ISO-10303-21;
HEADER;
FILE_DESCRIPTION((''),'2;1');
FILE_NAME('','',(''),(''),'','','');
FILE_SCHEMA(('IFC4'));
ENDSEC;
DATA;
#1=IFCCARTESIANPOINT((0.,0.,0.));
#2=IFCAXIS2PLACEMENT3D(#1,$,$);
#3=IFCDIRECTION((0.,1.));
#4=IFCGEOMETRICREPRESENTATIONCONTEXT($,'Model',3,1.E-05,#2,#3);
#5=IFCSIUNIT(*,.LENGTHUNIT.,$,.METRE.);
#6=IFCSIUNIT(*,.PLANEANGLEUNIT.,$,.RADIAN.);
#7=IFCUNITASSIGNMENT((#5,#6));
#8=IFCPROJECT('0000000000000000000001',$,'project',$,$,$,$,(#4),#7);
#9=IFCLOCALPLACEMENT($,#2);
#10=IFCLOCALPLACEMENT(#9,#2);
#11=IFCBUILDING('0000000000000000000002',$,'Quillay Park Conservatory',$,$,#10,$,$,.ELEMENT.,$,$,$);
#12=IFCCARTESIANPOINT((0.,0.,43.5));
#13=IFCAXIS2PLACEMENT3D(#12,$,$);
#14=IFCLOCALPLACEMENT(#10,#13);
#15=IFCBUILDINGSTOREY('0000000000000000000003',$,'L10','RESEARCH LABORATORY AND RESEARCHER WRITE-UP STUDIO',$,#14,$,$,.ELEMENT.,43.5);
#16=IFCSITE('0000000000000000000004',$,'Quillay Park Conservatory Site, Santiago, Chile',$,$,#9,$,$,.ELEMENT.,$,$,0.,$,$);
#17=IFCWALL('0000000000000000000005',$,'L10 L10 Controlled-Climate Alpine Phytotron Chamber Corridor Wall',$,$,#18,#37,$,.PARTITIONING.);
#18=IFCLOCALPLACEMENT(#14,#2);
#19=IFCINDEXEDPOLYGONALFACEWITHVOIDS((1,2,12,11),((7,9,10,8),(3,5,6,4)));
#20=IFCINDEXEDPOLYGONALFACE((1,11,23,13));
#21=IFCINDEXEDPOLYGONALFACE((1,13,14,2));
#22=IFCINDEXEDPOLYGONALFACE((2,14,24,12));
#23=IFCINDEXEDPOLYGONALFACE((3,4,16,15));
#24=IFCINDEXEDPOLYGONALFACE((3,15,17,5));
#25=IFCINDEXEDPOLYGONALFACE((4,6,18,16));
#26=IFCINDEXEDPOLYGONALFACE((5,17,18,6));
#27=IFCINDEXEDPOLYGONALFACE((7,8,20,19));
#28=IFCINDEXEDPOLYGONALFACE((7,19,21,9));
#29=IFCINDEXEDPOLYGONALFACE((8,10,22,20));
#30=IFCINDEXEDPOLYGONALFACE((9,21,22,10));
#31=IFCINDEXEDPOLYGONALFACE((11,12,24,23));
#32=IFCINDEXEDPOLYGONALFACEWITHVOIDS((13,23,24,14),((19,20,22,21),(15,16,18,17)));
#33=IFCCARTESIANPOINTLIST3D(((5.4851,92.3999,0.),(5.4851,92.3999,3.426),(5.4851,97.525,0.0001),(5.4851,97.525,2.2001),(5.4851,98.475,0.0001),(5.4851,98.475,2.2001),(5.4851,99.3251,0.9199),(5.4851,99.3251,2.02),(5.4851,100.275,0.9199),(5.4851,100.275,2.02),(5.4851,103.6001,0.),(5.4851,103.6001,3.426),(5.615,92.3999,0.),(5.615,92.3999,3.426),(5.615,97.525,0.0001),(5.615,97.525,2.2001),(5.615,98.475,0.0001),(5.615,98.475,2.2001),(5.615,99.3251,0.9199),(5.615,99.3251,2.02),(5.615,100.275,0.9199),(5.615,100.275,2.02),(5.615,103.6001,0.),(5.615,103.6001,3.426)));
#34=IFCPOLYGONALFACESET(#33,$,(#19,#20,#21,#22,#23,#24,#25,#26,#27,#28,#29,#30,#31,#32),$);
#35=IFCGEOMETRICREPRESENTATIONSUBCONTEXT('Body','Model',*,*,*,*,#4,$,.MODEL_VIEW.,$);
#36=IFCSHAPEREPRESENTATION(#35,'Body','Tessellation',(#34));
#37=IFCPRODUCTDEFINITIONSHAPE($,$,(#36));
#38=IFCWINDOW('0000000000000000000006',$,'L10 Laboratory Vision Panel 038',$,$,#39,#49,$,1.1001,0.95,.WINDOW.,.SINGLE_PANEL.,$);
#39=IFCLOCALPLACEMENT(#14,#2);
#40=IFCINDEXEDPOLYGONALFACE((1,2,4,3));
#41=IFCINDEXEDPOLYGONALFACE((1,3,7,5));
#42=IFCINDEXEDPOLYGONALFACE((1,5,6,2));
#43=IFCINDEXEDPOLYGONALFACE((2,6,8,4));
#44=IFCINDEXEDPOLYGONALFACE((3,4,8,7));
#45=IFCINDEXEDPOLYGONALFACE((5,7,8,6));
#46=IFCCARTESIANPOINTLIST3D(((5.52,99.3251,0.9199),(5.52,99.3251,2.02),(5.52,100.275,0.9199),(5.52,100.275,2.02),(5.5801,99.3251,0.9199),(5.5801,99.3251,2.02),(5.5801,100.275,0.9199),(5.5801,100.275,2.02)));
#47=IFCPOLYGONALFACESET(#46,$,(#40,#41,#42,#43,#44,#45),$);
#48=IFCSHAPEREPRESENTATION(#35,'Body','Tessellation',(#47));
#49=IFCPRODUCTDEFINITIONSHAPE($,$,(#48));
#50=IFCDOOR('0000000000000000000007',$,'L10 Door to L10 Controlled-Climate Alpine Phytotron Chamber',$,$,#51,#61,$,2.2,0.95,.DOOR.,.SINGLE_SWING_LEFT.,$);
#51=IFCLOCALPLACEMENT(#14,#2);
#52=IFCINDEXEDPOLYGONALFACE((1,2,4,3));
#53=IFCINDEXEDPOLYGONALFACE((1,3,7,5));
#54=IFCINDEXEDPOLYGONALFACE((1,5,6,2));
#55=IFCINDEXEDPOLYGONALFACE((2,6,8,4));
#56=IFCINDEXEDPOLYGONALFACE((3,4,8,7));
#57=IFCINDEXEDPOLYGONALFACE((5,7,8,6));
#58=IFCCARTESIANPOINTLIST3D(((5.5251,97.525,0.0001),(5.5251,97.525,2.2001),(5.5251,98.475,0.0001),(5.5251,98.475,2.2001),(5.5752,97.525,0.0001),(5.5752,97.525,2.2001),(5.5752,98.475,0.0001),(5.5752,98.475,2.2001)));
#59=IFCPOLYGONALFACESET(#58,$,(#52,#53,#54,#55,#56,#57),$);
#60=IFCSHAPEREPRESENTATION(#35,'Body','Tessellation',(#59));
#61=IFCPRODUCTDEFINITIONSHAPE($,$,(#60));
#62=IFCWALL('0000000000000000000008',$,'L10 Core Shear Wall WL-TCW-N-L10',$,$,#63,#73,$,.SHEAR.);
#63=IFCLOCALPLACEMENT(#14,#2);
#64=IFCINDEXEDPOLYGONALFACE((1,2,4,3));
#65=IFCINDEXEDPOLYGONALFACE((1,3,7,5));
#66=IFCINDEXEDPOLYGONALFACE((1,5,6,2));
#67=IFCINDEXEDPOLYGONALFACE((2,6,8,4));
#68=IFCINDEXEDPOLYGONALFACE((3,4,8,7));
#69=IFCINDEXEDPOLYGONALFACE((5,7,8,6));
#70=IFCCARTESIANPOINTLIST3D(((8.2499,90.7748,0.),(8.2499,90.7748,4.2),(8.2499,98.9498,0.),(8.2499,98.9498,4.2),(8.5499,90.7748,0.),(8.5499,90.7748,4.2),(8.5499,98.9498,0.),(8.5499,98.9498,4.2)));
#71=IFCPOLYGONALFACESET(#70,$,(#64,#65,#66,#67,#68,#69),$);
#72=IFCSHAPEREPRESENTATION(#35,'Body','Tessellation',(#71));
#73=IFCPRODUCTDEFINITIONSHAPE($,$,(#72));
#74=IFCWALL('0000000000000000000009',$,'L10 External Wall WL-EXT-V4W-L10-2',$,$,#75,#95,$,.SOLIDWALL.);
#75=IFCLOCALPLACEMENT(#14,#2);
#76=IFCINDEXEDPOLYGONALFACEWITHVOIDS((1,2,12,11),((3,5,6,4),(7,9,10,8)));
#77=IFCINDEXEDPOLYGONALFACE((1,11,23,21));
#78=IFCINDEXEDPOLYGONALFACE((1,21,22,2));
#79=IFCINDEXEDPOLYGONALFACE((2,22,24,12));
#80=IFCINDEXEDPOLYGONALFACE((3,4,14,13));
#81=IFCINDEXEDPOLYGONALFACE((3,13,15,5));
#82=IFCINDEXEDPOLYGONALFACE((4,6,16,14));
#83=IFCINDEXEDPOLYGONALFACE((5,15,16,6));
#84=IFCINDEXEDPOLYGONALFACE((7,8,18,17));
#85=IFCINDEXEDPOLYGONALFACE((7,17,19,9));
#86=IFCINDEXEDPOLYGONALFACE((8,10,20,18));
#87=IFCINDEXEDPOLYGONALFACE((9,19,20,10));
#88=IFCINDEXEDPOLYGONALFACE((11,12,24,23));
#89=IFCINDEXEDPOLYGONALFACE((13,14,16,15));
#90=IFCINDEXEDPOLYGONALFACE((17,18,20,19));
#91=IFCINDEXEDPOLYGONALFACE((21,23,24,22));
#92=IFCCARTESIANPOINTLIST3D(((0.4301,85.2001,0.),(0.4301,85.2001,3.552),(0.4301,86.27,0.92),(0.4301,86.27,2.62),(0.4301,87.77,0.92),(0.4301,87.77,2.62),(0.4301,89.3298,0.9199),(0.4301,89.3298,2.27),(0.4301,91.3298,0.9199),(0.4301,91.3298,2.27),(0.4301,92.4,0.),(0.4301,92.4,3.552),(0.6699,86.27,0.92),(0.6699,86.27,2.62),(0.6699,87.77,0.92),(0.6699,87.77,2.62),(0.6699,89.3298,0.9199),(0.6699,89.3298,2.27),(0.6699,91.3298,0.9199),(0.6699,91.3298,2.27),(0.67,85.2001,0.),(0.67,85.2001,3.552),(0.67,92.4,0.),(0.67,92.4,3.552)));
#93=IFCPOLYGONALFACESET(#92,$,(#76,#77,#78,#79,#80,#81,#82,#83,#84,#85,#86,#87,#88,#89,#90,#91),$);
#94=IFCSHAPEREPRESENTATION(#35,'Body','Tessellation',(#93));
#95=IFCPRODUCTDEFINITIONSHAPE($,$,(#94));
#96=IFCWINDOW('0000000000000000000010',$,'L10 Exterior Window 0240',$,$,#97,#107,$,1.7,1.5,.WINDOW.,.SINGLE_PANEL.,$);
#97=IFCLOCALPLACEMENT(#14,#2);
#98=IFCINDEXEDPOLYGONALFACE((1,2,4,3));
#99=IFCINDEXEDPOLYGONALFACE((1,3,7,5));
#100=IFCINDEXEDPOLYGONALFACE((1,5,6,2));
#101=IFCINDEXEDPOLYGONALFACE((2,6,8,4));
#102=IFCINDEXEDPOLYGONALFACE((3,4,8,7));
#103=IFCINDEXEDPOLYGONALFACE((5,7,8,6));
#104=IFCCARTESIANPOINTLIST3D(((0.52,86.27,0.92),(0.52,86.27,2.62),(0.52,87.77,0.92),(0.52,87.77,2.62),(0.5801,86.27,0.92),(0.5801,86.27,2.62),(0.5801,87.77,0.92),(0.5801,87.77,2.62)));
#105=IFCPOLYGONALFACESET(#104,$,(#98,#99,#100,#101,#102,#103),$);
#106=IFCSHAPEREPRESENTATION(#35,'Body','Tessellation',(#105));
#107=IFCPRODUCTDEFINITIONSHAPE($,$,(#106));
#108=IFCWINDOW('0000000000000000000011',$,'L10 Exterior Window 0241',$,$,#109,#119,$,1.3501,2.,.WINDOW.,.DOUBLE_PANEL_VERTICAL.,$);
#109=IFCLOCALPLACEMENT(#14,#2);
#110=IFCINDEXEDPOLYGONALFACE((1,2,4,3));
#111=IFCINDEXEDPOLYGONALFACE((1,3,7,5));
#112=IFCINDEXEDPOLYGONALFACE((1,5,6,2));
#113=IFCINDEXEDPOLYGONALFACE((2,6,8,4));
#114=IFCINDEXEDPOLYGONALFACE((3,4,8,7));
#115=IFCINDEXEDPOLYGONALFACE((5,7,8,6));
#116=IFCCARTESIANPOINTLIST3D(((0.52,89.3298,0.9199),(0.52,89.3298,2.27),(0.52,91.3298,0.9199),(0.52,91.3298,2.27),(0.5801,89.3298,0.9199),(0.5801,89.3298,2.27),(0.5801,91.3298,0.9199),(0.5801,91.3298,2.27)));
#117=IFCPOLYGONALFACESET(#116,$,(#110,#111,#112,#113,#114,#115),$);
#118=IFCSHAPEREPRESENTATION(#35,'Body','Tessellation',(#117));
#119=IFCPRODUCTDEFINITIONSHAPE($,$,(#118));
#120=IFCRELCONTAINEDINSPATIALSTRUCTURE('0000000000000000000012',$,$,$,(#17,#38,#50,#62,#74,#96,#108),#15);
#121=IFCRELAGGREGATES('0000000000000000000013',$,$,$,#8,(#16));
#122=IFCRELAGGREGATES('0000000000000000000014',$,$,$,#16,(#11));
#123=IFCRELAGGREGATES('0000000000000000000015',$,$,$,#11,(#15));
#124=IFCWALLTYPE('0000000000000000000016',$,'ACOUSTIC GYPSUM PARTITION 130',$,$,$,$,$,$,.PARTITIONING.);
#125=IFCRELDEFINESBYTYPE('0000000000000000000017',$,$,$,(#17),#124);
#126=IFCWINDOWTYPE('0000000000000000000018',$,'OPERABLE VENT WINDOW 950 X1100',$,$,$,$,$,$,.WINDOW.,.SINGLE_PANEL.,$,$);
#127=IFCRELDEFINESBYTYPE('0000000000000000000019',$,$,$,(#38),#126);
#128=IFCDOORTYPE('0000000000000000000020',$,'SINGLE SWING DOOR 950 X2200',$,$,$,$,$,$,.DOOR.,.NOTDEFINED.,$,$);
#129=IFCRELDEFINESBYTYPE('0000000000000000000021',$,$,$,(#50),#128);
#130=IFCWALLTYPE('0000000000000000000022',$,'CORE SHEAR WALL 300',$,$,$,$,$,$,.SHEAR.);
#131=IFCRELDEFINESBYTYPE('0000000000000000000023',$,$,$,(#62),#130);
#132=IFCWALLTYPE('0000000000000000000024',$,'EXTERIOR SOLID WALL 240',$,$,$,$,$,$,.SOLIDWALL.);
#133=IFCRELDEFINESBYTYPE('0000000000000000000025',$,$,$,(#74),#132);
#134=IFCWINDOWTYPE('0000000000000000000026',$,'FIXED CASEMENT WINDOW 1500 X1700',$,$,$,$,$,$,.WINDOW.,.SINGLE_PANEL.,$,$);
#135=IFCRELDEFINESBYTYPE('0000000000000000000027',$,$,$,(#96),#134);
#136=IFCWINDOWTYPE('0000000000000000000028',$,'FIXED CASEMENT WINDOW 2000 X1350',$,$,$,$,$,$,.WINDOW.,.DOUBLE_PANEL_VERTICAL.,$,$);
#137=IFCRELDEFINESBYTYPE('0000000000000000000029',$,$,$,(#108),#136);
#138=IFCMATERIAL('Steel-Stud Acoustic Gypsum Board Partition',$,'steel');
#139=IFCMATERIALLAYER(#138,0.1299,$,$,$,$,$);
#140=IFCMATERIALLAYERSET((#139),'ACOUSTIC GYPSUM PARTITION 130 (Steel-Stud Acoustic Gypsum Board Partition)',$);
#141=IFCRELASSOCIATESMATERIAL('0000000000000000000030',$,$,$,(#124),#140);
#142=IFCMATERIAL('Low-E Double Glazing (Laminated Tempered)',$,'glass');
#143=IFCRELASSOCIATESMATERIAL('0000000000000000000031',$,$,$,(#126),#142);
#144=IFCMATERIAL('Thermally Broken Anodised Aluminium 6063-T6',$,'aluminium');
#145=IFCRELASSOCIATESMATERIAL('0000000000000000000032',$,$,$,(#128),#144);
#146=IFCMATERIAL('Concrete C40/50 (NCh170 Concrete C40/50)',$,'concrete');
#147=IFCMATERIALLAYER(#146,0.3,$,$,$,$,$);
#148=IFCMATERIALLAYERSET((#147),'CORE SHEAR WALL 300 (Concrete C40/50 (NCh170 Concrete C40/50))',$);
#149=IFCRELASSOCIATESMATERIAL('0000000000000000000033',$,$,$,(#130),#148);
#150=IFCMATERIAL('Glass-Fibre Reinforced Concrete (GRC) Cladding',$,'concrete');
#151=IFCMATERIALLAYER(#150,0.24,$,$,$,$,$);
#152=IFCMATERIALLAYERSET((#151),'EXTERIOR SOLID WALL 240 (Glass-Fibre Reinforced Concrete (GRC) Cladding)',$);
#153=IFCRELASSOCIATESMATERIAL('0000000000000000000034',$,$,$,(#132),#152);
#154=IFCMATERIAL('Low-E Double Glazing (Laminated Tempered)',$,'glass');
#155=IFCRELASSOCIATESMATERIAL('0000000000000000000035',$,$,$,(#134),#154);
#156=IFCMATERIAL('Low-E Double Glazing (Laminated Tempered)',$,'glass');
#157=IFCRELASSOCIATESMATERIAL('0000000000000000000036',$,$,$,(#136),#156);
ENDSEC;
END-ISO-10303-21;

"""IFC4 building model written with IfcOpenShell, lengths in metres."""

from ifc_helpers import new_model, si_unit, direction, frame, frame_2d, origin, place, context, subcontext, project, spatial, rectangle, extrude, material, layer, layer_set, type_object, element, fill, save


model = new_model("IFC4")

# Units and contexts
model_context = context("Model", 3, precision=1e-05, world=origin(), true_north=direction((0.0, 1.0)))
body_context = subcontext(model_context, "Body", "Model", "MODEL_VIEW")
ifc_project = project(units=[si_unit("LENGTHUNIT", "METRE"), si_unit("PLANEANGLEUNIT", "RADIAN")], contexts=[model_context])

# Site, building, storey
site_placement = place(None, origin())
site = spatial("IfcSite", under=ifc_project, at=site_placement, Name="Quillay Park Conservatory Site, Santiago, Chile", CompositionType="ELEMENT", RefElevation=0.0)
building_placement = place(site_placement, origin())
building = spatial("IfcBuilding", under=site, at=building_placement, Name="Quillay Park Conservatory", CompositionType="ELEMENT")
storey_placement = place(building_placement, frame((0.0, 0.0, 43.5)))
storey = spatial("IfcBuildingStorey", under=building, at=storey_placement, Name="L10", Description="RESEARCH LABORATORY AND RESEARCHER WRITE-UP STUDIO", CompositionType="ELEMENT", Elevation=43.5)

# Wall, openings, window, door
ifc_material_1 = material(Name="Steel-Stud Acoustic Gypsum Board Partition", Category="steel")
ifc_layer_1 = layer(ifc_material_1, 0.1299)
ifc_layer_set_1 = layer_set([ifc_layer_1], Name="ACOUSTIC GYPSUM PARTITION 130 (Steel-Stud Acoustic Gypsum Board Partition)")
wall_type_1 = type_object("IfcWallType", Name="ACOUSTIC GYPSUM PARTITION 130", PredefinedType="PARTITIONING", material=ifc_layer_set_1)
wall_1_placement = place(storey_placement, frame((5.55, 92.3999, 0.0), z_axis=(0.0, 0.0, 1.0), x_axis=(0.0, 1.0, 0.0)))
wall_1 = element("IfcWall", 1, at=wall_1_placement, inside=storey, type_object=wall_type_1, Name="L10 L10 Controlled-Climate Alpine Phytotron Chamber Corridor Wall", PredefinedType="PARTITIONING", context=body_context, shape_type="SweptSolid", body=[
    extrude(rectangle(XDim=11.2002, YDim=0.1299, at=frame_2d((5.6001, 0.0))), origin(), (0.0, 0.0, 1.0), 3.426),
])
opening_1_placement = place(wall_1_placement, frame((5.125, 0.0, 0.0)))
opening_1 = element("IfcOpeningElement", 2, at=opening_1_placement, cuts=wall_1, PredefinedType="OPENING", context=body_context, shape_type="SweptSolid", body=[
    extrude(rectangle(XDim=0.95, YDim=2.2, at=frame_2d((0.4751, 1.1001))), frame((0.0, 0.0649, 0.0), z_axis=(0.0, -1.0, 0.0), x_axis=(1.0, 0.0, 0.0)), (0.0, 0.0, 1.0), 0.1299),
])
opening_2_placement = place(wall_1_placement, frame((6.925, 0.0, 0.9199)))
opening_2 = element("IfcOpeningElement", 3, at=opening_2_placement, cuts=wall_1, PredefinedType="OPENING", context=body_context, shape_type="SweptSolid", body=[
    extrude(rectangle(XDim=0.95, YDim=1.1001, at=frame_2d((0.4751, 0.55))), frame((0.0, 0.0649, 0.0), z_axis=(0.0, -1.0, 0.0), x_axis=(1.0, 0.0, 0.0)), (0.0, 0.0, 1.0), 0.1299),
])
ifc_material_2 = material(Name="Low-E Double Glazing (Laminated Tempered)", Category="glass")
window_type_1 = type_object("IfcWindowType", Name="OPERABLE VENT WINDOW 950 X1100", PartitioningType="SINGLE_PANEL", PredefinedType="WINDOW", material=ifc_material_2)
window_1_placement = place(opening_2_placement, origin())
window_1 = element("IfcWindow", 4, at=window_1_placement, inside=storey, type_object=window_type_1, Name="L10 Laboratory Vision Panel 038", OverallHeight=1.1001, OverallWidth=0.95, PartitioningType="SINGLE_PANEL", PredefinedType="WINDOW", context=body_context, shape_type="SweptSolid", body=[
    extrude(rectangle(XDim=0.95, YDim=1.1001, at=frame_2d((0.4751, 0.55))), frame((0.0, 0.03, 0.0), z_axis=(0.0, -1.0, 0.0), x_axis=(1.0, 0.0, 0.0)), (0.0, 0.0, 1.0), 0.0601),
])
fill(opening_2, window_1)
ifc_material_3 = material(Name="Thermally Broken Anodised Aluminium 6063-T6", Category="aluminium")
door_type_1 = type_object("IfcDoorType", Name="SINGLE SWING DOOR 950 X2200", OperationType="NOTDEFINED", PredefinedType="DOOR", material=ifc_material_3)
door_1_placement = place(opening_1_placement, origin())
door_1 = element("IfcDoor", 5, at=door_1_placement, inside=storey, type_object=door_type_1, Name="L10 Door to L10 Controlled-Climate Alpine Phytotron Chamber", OperationType="SINGLE_SWING_LEFT", OverallHeight=2.2, OverallWidth=0.95, PredefinedType="DOOR", context=body_context, shape_type="SweptSolid", body=[
    extrude(rectangle(XDim=0.95, YDim=2.2, at=frame_2d((0.4751, 1.1001))), frame((0.0, 0.0249, 0.0), z_axis=(0.0, -1.0, 0.0), x_axis=(1.0, 0.0, 0.0)), (0.0, 0.0, 1.0), 0.05),
])
fill(opening_1, door_1)

# Wall
ifc_material_4 = material(Name="Concrete C40/50 (NCh170 Concrete C40/50)", Category="concrete")
ifc_layer_2 = layer(ifc_material_4, 0.3)
ifc_layer_set_2 = layer_set([ifc_layer_2], Name="CORE SHEAR WALL 300 (Concrete C40/50 (NCh170 Concrete C40/50))")
wall_type_2 = type_object("IfcWallType", Name="CORE SHEAR WALL 300", PredefinedType="SHEAR", material=ifc_layer_set_2)
wall_2_placement = place(storey_placement, frame((8.3999, 90.7749, 0.0), z_axis=(0.0, 0.0, 1.0), x_axis=(0.0, 1.0, 0.0)))
element("IfcWall", 6, at=wall_2_placement, inside=storey, type_object=wall_type_2, Name="L10 Core Shear Wall WL-TCW-N-L10", PredefinedType="SHEAR", context=body_context, shape_type="SweptSolid", body=[
    extrude(rectangle(XDim=8.175, YDim=0.3, at=frame_2d((4.0874, 0.0))), origin(), (0.0, 0.0, 1.0), 4.2),
])

# Wall, openings, windows
ifc_material_5 = material(Name="Glass-Fibre Reinforced Concrete (GRC) Cladding", Category="concrete")
ifc_layer_3 = layer(ifc_material_5, 0.24)
ifc_layer_set_3 = layer_set([ifc_layer_3], Name="EXTERIOR SOLID WALL 240 (Glass-Fibre Reinforced Concrete (GRC) Cladding)")
wall_type_3 = type_object("IfcWallType", Name="EXTERIOR SOLID WALL 240", PredefinedType="SOLIDWALL", material=ifc_layer_set_3)
wall_3_placement = place(storey_placement, frame((0.55, 85.2, 0.0), z_axis=(0.0, 0.0, 1.0), x_axis=(0.0, 1.0, 0.0)))
wall_3 = element("IfcWall", 7, at=wall_3_placement, inside=storey, type_object=wall_type_3, Name="L10 External Wall WL-EXT-V4W-L10-2", PredefinedType="SOLIDWALL", context=body_context, shape_type="SweptSolid", body=[
    extrude(rectangle(XDim=7.2, YDim=0.24, at=frame_2d((3.6001, 0.0))), origin(), (0.0, 0.0, 1.0), 3.552),
])
opening_3_placement = place(wall_3_placement, frame((1.0701, 0.0, 0.9199)))
opening_3 = element("IfcOpeningElement", 8, at=opening_3_placement, cuts=wall_3, PredefinedType="OPENING", context=body_context, shape_type="SweptSolid", body=[
    extrude(rectangle(XDim=1.5, YDim=1.7, at=frame_2d((0.75, 0.8501))), frame((0.0, 0.1201, 0.0), z_axis=(0.0, -1.0, 0.0), x_axis=(1.0, 0.0, 0.0)), (0.0, 0.0, 1.0), 0.24),
])
opening_4_placement = place(wall_3_placement, frame((4.1299, 0.0, 0.9199)))
opening_4 = element("IfcOpeningElement", 9, at=opening_4_placement, cuts=wall_3, PredefinedType="OPENING", context=body_context, shape_type="SweptSolid", body=[
    extrude(rectangle(XDim=2.0, YDim=1.3501, at=frame_2d((1.0, 0.675))), frame((0.0, 0.1201, 0.0), z_axis=(0.0, -1.0, 0.0), x_axis=(1.0, 0.0, 0.0)), (0.0, 0.0, 1.0), 0.24),
])
ifc_material_6 = material(Name="Low-E Double Glazing (Laminated Tempered)", Category="glass")
window_type_2 = type_object("IfcWindowType", Name="FIXED CASEMENT WINDOW 1500 X1700", PartitioningType="SINGLE_PANEL", PredefinedType="WINDOW", material=ifc_material_6)
window_2_placement = place(opening_3_placement, origin())
window_2 = element("IfcWindow", 10, at=window_2_placement, inside=storey, type_object=window_type_2, Name="L10 Exterior Window 0240", OverallHeight=1.7, OverallWidth=1.5, PartitioningType="SINGLE_PANEL", PredefinedType="WINDOW", context=body_context, shape_type="SweptSolid", body=[
    extrude(rectangle(XDim=1.5, YDim=1.7, at=frame_2d((0.75, 0.8501))), frame((0.0, 0.03, 0.0), z_axis=(0.0, -1.0, 0.0), x_axis=(1.0, 0.0, 0.0)), (0.0, 0.0, 1.0), 0.0601),
])
fill(opening_3, window_2)
ifc_material_7 = material(Name="Low-E Double Glazing (Laminated Tempered)", Category="glass")
window_type_3 = type_object("IfcWindowType", Name="FIXED CASEMENT WINDOW 2000 X1350", PartitioningType="DOUBLE_PANEL_VERTICAL", PredefinedType="WINDOW", material=ifc_material_7)
window_3_placement = place(opening_4_placement, origin())
window_3 = element("IfcWindow", 11, at=window_3_placement, inside=storey, type_object=window_type_3, Name="L10 Exterior Window 0241", OverallHeight=1.3501, OverallWidth=2.0, PartitioningType="DOUBLE_PANEL_VERTICAL", PredefinedType="WINDOW", context=body_context, shape_type="SweptSolid", body=[
    extrude(rectangle(XDim=2.0, YDim=1.3501, at=frame_2d((1.0, 0.675))), frame((0.0, 0.03, 0.0), z_axis=(0.0, -1.0, 0.0), x_axis=(1.0, 0.0, 0.0)), (0.0, 0.0, 1.0), 0.0601),
])
fill(opening_4, window_3)

save(model, "model.ifc")
